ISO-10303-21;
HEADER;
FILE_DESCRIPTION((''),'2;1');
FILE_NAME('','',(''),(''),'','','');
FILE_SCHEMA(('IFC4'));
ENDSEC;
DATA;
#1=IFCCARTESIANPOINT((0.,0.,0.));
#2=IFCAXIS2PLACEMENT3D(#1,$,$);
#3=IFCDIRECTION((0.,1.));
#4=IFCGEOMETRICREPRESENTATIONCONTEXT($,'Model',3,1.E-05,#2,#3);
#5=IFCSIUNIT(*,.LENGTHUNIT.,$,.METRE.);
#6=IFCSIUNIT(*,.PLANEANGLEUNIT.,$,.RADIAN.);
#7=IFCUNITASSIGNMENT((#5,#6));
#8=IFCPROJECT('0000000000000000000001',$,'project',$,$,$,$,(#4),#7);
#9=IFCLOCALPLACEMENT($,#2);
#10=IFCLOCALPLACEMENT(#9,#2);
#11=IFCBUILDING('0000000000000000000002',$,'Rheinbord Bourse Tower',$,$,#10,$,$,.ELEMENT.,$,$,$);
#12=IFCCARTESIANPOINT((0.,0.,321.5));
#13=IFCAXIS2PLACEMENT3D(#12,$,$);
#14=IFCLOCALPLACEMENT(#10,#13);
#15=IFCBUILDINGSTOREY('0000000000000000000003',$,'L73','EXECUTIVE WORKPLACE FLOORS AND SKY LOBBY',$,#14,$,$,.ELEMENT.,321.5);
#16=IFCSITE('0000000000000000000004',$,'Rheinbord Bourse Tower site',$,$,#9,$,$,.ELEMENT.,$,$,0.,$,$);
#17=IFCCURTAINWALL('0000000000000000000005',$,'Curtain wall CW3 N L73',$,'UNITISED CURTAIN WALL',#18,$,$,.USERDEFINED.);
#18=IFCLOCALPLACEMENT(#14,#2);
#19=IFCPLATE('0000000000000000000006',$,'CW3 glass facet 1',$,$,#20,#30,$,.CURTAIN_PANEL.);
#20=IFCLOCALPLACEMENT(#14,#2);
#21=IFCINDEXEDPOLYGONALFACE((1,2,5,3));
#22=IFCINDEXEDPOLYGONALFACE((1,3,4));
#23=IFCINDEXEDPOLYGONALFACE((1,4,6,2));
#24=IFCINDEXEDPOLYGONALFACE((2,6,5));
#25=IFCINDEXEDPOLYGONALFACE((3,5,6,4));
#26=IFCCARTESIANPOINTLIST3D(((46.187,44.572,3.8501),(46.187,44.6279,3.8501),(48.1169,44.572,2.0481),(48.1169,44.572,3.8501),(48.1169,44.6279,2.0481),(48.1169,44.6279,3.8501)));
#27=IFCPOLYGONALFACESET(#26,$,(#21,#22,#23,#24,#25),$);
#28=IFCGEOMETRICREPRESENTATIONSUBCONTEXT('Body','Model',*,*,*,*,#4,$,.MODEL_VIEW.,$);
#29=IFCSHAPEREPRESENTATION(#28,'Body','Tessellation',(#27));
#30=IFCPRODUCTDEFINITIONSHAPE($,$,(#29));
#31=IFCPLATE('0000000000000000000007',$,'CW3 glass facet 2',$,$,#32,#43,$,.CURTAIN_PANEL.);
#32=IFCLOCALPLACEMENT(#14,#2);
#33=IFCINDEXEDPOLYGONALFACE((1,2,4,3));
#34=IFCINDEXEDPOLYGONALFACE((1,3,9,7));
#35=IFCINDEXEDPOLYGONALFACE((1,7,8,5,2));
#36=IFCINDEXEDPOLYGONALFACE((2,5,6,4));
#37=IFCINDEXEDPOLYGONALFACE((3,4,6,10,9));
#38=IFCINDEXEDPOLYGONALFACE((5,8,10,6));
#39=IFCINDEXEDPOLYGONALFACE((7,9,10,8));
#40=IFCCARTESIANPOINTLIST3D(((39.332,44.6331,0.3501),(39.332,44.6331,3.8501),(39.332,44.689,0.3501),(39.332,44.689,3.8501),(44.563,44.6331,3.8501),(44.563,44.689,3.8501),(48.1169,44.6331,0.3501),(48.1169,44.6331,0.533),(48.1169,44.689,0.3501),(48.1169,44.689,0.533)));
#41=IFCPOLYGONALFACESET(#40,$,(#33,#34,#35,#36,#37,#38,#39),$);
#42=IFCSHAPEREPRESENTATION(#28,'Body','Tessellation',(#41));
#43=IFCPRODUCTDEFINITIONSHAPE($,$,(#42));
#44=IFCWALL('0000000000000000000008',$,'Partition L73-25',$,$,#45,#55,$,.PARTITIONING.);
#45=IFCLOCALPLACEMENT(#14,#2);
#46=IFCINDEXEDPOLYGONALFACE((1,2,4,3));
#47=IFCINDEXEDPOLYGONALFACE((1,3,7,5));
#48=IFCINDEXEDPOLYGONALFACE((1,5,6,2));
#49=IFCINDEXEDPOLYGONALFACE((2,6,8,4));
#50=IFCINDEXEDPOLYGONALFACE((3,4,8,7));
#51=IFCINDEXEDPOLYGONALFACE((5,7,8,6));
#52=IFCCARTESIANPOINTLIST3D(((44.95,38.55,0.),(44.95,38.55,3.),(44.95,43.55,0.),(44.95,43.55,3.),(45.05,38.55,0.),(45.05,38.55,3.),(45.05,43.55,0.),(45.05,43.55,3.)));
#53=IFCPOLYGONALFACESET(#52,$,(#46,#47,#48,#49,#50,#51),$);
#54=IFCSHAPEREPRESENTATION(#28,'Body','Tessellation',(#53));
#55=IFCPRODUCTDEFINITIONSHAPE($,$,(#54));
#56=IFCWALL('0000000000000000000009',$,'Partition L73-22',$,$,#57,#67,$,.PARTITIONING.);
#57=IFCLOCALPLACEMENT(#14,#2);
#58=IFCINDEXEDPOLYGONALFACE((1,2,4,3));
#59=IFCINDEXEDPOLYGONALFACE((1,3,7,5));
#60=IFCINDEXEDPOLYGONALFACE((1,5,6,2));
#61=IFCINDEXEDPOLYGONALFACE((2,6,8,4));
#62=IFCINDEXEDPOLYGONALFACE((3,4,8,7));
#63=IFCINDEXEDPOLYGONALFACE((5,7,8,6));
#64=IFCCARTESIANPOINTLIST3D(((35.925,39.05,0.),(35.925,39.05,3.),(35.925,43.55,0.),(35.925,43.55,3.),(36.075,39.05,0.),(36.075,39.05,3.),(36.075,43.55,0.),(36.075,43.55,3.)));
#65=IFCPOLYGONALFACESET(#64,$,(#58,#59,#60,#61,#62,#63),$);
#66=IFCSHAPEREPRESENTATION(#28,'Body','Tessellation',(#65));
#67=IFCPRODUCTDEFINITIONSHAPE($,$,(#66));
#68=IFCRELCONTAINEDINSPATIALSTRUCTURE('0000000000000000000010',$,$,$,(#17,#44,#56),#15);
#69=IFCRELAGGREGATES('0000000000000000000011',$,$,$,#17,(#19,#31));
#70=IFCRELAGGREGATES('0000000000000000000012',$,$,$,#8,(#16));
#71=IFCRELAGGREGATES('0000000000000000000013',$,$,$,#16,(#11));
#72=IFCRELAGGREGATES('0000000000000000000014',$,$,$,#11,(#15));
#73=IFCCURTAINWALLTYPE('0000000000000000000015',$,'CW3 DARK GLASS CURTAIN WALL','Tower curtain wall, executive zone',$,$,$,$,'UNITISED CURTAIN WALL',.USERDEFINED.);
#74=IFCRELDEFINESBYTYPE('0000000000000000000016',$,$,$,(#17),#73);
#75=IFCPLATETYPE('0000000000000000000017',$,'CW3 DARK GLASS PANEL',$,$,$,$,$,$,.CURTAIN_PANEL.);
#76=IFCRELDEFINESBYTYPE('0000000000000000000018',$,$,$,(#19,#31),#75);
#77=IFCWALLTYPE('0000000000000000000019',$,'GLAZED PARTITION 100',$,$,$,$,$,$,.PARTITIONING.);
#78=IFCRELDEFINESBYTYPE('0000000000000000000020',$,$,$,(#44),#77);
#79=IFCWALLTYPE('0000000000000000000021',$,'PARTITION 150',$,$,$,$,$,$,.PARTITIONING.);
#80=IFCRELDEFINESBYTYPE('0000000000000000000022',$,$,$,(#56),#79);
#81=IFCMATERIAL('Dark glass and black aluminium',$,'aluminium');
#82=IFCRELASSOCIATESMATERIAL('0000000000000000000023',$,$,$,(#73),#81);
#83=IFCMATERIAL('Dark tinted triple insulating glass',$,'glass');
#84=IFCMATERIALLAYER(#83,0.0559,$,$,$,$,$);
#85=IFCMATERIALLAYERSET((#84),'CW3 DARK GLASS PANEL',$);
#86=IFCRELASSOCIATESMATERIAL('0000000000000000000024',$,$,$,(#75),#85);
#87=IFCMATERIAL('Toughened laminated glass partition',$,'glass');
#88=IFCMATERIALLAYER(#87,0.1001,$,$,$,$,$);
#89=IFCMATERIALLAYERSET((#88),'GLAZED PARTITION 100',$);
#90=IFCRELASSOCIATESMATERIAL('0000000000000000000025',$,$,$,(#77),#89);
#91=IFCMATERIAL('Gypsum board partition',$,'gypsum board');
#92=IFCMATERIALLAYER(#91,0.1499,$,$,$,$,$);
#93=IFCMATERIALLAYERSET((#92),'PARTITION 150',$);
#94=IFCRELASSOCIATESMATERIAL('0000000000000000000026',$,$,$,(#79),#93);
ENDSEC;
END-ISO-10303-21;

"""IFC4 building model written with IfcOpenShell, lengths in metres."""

from ifc_helpers import new_model, si_unit, direction, frame, frame_2d, origin, place, context, subcontext, project, spatial, polyline, rectangle, outline, extrude, material, layer, layer_set, type_object, element, aggregate, save


model = new_model("IFC4")

# Units and contexts
model_context = context("Model", 3, precision=1e-05, world=origin(), true_north=direction((0.0, 1.0)))
body_context = subcontext(model_context, "Body", "Model", "MODEL_VIEW")
ifc_project = project(units=[si_unit("LENGTHUNIT", "METRE"), si_unit("PLANEANGLEUNIT", "RADIAN")], contexts=[model_context])

# Site, building, storey
site_placement = place(None, origin())
site = spatial("IfcSite", under=ifc_project, at=site_placement, Name="Rheinbord Bourse Tower site", CompositionType="ELEMENT", RefElevation=0.0)
building_placement = place(site_placement, origin())
building = spatial("IfcBuilding", under=site, at=building_placement, Name="Rheinbord Bourse Tower", CompositionType="ELEMENT")
storey_placement = place(building_placement, frame((0.0, 0.0, 321.5)))
storey = spatial("IfcBuildingStorey", under=building, at=storey_placement, Name="L73", Description="EXECUTIVE WORKPLACE FLOORS AND SKY LOBBY", CompositionType="ELEMENT", Elevation=321.5)

# Curtain wall
ifc_material_1 = material(Name="Dark glass and black aluminium", Category="aluminium")
curtain_wall_type = type_object("IfcCurtainWallType", Name="CW3 DARK GLASS CURTAIN WALL", Description="Tower curtain wall, executive zone", ElementType="UNITISED CURTAIN WALL", PredefinedType="USERDEFINED", material=ifc_material_1)
curtain_wall_placement = place(storey_placement, origin())
curtain_wall = element("IfcCurtainWall", 1, at=curtain_wall_placement, inside=storey, type_object=curtain_wall_type, Name="Curtain wall CW3 N L73", ObjectType="UNITISED CURTAIN WALL", PredefinedType="USERDEFINED")

# Plates
ifc_material_2 = material(Name="Dark tinted triple insulating glass", Category="glass")
ifc_layer_1 = layer(ifc_material_2, 0.0559)
ifc_layer_set_1 = layer_set([ifc_layer_1], Name="CW3 DARK GLASS PANEL")
plate_type = type_object("IfcPlateType", Name="CW3 DARK GLASS PANEL", PredefinedType="CURTAIN_PANEL", material=ifc_layer_set_1)
plate_1_placement = place(storey_placement, frame((48.1169, 44.6279, 3.8501), z_axis=(0.0, -1.0, 0.0), x_axis=(-1.0, 0.0, 0.0)))
plate_1 = element("IfcPlate", 2, at=plate_1_placement, type_object=plate_type, Name="CW3 glass facet 1", PredefinedType="CURTAIN_PANEL", context=body_context, shape_type="SweptSolid", body=[
    extrude(outline(polyline([(0.0, 0.0), (1.9299, 0.0), (0.0, 1.802), (0.0, 0.0)])), origin(), (0.0, 0.0, 1.0), 0.0559),
])
plate_2_placement = place(storey_placement, frame((39.332, 44.689, 3.8501), z_axis=(0.0, -1.0, 0.0), x_axis=(0.0, 0.0, -1.0)))
plate_2 = element("IfcPlate", 3, at=plate_2_placement, type_object=plate_type, Name="CW3 glass facet 2", PredefinedType="CURTAIN_PANEL", context=body_context, shape_type="SweptSolid", body=[
    extrude(outline(polyline([(0.0, 0.0), (3.5, 0.0), (3.5, 8.7849), (3.3171, 8.7849), (0.0, 5.231), (0.0, 0.0)])), origin(), (0.0, 0.0, 1.0), 0.0559),
])
aggregate(curtain_wall, [plate_1, plate_2])

# Walls
ifc_material_3 = material(Name="Toughened laminated glass partition", Category="glass")
ifc_layer_2 = layer(ifc_material_3, 0.1001)
ifc_layer_set_2 = layer_set([ifc_layer_2], Name="GLAZED PARTITION 100")
wall_type_1 = type_object("IfcWallType", Name="GLAZED PARTITION 100", PredefinedType="PARTITIONING", material=ifc_layer_set_2)
wall_1_placement = place(storey_placement, frame((45.0, 38.55, 0.0), z_axis=(0.0, 0.0, 1.0), x_axis=(0.0, 1.0, 0.0)))
element("IfcWall", 4, at=wall_1_placement, inside=storey, type_object=wall_type_1, Name="Partition L73-25", PredefinedType="PARTITIONING", context=body_context, shape_type="SweptSolid", body=[
    extrude(rectangle(XDim=5.0, YDim=0.1001, at=frame_2d((2.5, 0.0))), origin(), (0.0, 0.0, 1.0), 3.0),
])
ifc_material_4 = material(Name="Gypsum board partition", Category="gypsum board")
ifc_layer_3 = layer(ifc_material_4, 0.1499)
ifc_layer_set_3 = layer_set([ifc_layer_3], Name="PARTITION 150")
wall_type_2 = type_object("IfcWallType", Name="PARTITION 150", PredefinedType="PARTITIONING", material=ifc_layer_set_3)
wall_2_placement = place(storey_placement, frame((36.0, 39.05, 0.0), z_axis=(0.0, 0.0, 1.0), x_axis=(0.0, 1.0, 0.0)))
element("IfcWall", 5, at=wall_2_placement, inside=storey, type_object=wall_type_2, Name="Partition L73-22", PredefinedType="PARTITIONING", context=body_context, shape_type="SweptSolid", body=[
    extrude(rectangle(XDim=4.5, YDim=0.1499, at=frame_2d((2.25, 0.0))), origin(), (0.0, 0.0, 1.0), 3.0),
])

save(model, "model.ifc")
